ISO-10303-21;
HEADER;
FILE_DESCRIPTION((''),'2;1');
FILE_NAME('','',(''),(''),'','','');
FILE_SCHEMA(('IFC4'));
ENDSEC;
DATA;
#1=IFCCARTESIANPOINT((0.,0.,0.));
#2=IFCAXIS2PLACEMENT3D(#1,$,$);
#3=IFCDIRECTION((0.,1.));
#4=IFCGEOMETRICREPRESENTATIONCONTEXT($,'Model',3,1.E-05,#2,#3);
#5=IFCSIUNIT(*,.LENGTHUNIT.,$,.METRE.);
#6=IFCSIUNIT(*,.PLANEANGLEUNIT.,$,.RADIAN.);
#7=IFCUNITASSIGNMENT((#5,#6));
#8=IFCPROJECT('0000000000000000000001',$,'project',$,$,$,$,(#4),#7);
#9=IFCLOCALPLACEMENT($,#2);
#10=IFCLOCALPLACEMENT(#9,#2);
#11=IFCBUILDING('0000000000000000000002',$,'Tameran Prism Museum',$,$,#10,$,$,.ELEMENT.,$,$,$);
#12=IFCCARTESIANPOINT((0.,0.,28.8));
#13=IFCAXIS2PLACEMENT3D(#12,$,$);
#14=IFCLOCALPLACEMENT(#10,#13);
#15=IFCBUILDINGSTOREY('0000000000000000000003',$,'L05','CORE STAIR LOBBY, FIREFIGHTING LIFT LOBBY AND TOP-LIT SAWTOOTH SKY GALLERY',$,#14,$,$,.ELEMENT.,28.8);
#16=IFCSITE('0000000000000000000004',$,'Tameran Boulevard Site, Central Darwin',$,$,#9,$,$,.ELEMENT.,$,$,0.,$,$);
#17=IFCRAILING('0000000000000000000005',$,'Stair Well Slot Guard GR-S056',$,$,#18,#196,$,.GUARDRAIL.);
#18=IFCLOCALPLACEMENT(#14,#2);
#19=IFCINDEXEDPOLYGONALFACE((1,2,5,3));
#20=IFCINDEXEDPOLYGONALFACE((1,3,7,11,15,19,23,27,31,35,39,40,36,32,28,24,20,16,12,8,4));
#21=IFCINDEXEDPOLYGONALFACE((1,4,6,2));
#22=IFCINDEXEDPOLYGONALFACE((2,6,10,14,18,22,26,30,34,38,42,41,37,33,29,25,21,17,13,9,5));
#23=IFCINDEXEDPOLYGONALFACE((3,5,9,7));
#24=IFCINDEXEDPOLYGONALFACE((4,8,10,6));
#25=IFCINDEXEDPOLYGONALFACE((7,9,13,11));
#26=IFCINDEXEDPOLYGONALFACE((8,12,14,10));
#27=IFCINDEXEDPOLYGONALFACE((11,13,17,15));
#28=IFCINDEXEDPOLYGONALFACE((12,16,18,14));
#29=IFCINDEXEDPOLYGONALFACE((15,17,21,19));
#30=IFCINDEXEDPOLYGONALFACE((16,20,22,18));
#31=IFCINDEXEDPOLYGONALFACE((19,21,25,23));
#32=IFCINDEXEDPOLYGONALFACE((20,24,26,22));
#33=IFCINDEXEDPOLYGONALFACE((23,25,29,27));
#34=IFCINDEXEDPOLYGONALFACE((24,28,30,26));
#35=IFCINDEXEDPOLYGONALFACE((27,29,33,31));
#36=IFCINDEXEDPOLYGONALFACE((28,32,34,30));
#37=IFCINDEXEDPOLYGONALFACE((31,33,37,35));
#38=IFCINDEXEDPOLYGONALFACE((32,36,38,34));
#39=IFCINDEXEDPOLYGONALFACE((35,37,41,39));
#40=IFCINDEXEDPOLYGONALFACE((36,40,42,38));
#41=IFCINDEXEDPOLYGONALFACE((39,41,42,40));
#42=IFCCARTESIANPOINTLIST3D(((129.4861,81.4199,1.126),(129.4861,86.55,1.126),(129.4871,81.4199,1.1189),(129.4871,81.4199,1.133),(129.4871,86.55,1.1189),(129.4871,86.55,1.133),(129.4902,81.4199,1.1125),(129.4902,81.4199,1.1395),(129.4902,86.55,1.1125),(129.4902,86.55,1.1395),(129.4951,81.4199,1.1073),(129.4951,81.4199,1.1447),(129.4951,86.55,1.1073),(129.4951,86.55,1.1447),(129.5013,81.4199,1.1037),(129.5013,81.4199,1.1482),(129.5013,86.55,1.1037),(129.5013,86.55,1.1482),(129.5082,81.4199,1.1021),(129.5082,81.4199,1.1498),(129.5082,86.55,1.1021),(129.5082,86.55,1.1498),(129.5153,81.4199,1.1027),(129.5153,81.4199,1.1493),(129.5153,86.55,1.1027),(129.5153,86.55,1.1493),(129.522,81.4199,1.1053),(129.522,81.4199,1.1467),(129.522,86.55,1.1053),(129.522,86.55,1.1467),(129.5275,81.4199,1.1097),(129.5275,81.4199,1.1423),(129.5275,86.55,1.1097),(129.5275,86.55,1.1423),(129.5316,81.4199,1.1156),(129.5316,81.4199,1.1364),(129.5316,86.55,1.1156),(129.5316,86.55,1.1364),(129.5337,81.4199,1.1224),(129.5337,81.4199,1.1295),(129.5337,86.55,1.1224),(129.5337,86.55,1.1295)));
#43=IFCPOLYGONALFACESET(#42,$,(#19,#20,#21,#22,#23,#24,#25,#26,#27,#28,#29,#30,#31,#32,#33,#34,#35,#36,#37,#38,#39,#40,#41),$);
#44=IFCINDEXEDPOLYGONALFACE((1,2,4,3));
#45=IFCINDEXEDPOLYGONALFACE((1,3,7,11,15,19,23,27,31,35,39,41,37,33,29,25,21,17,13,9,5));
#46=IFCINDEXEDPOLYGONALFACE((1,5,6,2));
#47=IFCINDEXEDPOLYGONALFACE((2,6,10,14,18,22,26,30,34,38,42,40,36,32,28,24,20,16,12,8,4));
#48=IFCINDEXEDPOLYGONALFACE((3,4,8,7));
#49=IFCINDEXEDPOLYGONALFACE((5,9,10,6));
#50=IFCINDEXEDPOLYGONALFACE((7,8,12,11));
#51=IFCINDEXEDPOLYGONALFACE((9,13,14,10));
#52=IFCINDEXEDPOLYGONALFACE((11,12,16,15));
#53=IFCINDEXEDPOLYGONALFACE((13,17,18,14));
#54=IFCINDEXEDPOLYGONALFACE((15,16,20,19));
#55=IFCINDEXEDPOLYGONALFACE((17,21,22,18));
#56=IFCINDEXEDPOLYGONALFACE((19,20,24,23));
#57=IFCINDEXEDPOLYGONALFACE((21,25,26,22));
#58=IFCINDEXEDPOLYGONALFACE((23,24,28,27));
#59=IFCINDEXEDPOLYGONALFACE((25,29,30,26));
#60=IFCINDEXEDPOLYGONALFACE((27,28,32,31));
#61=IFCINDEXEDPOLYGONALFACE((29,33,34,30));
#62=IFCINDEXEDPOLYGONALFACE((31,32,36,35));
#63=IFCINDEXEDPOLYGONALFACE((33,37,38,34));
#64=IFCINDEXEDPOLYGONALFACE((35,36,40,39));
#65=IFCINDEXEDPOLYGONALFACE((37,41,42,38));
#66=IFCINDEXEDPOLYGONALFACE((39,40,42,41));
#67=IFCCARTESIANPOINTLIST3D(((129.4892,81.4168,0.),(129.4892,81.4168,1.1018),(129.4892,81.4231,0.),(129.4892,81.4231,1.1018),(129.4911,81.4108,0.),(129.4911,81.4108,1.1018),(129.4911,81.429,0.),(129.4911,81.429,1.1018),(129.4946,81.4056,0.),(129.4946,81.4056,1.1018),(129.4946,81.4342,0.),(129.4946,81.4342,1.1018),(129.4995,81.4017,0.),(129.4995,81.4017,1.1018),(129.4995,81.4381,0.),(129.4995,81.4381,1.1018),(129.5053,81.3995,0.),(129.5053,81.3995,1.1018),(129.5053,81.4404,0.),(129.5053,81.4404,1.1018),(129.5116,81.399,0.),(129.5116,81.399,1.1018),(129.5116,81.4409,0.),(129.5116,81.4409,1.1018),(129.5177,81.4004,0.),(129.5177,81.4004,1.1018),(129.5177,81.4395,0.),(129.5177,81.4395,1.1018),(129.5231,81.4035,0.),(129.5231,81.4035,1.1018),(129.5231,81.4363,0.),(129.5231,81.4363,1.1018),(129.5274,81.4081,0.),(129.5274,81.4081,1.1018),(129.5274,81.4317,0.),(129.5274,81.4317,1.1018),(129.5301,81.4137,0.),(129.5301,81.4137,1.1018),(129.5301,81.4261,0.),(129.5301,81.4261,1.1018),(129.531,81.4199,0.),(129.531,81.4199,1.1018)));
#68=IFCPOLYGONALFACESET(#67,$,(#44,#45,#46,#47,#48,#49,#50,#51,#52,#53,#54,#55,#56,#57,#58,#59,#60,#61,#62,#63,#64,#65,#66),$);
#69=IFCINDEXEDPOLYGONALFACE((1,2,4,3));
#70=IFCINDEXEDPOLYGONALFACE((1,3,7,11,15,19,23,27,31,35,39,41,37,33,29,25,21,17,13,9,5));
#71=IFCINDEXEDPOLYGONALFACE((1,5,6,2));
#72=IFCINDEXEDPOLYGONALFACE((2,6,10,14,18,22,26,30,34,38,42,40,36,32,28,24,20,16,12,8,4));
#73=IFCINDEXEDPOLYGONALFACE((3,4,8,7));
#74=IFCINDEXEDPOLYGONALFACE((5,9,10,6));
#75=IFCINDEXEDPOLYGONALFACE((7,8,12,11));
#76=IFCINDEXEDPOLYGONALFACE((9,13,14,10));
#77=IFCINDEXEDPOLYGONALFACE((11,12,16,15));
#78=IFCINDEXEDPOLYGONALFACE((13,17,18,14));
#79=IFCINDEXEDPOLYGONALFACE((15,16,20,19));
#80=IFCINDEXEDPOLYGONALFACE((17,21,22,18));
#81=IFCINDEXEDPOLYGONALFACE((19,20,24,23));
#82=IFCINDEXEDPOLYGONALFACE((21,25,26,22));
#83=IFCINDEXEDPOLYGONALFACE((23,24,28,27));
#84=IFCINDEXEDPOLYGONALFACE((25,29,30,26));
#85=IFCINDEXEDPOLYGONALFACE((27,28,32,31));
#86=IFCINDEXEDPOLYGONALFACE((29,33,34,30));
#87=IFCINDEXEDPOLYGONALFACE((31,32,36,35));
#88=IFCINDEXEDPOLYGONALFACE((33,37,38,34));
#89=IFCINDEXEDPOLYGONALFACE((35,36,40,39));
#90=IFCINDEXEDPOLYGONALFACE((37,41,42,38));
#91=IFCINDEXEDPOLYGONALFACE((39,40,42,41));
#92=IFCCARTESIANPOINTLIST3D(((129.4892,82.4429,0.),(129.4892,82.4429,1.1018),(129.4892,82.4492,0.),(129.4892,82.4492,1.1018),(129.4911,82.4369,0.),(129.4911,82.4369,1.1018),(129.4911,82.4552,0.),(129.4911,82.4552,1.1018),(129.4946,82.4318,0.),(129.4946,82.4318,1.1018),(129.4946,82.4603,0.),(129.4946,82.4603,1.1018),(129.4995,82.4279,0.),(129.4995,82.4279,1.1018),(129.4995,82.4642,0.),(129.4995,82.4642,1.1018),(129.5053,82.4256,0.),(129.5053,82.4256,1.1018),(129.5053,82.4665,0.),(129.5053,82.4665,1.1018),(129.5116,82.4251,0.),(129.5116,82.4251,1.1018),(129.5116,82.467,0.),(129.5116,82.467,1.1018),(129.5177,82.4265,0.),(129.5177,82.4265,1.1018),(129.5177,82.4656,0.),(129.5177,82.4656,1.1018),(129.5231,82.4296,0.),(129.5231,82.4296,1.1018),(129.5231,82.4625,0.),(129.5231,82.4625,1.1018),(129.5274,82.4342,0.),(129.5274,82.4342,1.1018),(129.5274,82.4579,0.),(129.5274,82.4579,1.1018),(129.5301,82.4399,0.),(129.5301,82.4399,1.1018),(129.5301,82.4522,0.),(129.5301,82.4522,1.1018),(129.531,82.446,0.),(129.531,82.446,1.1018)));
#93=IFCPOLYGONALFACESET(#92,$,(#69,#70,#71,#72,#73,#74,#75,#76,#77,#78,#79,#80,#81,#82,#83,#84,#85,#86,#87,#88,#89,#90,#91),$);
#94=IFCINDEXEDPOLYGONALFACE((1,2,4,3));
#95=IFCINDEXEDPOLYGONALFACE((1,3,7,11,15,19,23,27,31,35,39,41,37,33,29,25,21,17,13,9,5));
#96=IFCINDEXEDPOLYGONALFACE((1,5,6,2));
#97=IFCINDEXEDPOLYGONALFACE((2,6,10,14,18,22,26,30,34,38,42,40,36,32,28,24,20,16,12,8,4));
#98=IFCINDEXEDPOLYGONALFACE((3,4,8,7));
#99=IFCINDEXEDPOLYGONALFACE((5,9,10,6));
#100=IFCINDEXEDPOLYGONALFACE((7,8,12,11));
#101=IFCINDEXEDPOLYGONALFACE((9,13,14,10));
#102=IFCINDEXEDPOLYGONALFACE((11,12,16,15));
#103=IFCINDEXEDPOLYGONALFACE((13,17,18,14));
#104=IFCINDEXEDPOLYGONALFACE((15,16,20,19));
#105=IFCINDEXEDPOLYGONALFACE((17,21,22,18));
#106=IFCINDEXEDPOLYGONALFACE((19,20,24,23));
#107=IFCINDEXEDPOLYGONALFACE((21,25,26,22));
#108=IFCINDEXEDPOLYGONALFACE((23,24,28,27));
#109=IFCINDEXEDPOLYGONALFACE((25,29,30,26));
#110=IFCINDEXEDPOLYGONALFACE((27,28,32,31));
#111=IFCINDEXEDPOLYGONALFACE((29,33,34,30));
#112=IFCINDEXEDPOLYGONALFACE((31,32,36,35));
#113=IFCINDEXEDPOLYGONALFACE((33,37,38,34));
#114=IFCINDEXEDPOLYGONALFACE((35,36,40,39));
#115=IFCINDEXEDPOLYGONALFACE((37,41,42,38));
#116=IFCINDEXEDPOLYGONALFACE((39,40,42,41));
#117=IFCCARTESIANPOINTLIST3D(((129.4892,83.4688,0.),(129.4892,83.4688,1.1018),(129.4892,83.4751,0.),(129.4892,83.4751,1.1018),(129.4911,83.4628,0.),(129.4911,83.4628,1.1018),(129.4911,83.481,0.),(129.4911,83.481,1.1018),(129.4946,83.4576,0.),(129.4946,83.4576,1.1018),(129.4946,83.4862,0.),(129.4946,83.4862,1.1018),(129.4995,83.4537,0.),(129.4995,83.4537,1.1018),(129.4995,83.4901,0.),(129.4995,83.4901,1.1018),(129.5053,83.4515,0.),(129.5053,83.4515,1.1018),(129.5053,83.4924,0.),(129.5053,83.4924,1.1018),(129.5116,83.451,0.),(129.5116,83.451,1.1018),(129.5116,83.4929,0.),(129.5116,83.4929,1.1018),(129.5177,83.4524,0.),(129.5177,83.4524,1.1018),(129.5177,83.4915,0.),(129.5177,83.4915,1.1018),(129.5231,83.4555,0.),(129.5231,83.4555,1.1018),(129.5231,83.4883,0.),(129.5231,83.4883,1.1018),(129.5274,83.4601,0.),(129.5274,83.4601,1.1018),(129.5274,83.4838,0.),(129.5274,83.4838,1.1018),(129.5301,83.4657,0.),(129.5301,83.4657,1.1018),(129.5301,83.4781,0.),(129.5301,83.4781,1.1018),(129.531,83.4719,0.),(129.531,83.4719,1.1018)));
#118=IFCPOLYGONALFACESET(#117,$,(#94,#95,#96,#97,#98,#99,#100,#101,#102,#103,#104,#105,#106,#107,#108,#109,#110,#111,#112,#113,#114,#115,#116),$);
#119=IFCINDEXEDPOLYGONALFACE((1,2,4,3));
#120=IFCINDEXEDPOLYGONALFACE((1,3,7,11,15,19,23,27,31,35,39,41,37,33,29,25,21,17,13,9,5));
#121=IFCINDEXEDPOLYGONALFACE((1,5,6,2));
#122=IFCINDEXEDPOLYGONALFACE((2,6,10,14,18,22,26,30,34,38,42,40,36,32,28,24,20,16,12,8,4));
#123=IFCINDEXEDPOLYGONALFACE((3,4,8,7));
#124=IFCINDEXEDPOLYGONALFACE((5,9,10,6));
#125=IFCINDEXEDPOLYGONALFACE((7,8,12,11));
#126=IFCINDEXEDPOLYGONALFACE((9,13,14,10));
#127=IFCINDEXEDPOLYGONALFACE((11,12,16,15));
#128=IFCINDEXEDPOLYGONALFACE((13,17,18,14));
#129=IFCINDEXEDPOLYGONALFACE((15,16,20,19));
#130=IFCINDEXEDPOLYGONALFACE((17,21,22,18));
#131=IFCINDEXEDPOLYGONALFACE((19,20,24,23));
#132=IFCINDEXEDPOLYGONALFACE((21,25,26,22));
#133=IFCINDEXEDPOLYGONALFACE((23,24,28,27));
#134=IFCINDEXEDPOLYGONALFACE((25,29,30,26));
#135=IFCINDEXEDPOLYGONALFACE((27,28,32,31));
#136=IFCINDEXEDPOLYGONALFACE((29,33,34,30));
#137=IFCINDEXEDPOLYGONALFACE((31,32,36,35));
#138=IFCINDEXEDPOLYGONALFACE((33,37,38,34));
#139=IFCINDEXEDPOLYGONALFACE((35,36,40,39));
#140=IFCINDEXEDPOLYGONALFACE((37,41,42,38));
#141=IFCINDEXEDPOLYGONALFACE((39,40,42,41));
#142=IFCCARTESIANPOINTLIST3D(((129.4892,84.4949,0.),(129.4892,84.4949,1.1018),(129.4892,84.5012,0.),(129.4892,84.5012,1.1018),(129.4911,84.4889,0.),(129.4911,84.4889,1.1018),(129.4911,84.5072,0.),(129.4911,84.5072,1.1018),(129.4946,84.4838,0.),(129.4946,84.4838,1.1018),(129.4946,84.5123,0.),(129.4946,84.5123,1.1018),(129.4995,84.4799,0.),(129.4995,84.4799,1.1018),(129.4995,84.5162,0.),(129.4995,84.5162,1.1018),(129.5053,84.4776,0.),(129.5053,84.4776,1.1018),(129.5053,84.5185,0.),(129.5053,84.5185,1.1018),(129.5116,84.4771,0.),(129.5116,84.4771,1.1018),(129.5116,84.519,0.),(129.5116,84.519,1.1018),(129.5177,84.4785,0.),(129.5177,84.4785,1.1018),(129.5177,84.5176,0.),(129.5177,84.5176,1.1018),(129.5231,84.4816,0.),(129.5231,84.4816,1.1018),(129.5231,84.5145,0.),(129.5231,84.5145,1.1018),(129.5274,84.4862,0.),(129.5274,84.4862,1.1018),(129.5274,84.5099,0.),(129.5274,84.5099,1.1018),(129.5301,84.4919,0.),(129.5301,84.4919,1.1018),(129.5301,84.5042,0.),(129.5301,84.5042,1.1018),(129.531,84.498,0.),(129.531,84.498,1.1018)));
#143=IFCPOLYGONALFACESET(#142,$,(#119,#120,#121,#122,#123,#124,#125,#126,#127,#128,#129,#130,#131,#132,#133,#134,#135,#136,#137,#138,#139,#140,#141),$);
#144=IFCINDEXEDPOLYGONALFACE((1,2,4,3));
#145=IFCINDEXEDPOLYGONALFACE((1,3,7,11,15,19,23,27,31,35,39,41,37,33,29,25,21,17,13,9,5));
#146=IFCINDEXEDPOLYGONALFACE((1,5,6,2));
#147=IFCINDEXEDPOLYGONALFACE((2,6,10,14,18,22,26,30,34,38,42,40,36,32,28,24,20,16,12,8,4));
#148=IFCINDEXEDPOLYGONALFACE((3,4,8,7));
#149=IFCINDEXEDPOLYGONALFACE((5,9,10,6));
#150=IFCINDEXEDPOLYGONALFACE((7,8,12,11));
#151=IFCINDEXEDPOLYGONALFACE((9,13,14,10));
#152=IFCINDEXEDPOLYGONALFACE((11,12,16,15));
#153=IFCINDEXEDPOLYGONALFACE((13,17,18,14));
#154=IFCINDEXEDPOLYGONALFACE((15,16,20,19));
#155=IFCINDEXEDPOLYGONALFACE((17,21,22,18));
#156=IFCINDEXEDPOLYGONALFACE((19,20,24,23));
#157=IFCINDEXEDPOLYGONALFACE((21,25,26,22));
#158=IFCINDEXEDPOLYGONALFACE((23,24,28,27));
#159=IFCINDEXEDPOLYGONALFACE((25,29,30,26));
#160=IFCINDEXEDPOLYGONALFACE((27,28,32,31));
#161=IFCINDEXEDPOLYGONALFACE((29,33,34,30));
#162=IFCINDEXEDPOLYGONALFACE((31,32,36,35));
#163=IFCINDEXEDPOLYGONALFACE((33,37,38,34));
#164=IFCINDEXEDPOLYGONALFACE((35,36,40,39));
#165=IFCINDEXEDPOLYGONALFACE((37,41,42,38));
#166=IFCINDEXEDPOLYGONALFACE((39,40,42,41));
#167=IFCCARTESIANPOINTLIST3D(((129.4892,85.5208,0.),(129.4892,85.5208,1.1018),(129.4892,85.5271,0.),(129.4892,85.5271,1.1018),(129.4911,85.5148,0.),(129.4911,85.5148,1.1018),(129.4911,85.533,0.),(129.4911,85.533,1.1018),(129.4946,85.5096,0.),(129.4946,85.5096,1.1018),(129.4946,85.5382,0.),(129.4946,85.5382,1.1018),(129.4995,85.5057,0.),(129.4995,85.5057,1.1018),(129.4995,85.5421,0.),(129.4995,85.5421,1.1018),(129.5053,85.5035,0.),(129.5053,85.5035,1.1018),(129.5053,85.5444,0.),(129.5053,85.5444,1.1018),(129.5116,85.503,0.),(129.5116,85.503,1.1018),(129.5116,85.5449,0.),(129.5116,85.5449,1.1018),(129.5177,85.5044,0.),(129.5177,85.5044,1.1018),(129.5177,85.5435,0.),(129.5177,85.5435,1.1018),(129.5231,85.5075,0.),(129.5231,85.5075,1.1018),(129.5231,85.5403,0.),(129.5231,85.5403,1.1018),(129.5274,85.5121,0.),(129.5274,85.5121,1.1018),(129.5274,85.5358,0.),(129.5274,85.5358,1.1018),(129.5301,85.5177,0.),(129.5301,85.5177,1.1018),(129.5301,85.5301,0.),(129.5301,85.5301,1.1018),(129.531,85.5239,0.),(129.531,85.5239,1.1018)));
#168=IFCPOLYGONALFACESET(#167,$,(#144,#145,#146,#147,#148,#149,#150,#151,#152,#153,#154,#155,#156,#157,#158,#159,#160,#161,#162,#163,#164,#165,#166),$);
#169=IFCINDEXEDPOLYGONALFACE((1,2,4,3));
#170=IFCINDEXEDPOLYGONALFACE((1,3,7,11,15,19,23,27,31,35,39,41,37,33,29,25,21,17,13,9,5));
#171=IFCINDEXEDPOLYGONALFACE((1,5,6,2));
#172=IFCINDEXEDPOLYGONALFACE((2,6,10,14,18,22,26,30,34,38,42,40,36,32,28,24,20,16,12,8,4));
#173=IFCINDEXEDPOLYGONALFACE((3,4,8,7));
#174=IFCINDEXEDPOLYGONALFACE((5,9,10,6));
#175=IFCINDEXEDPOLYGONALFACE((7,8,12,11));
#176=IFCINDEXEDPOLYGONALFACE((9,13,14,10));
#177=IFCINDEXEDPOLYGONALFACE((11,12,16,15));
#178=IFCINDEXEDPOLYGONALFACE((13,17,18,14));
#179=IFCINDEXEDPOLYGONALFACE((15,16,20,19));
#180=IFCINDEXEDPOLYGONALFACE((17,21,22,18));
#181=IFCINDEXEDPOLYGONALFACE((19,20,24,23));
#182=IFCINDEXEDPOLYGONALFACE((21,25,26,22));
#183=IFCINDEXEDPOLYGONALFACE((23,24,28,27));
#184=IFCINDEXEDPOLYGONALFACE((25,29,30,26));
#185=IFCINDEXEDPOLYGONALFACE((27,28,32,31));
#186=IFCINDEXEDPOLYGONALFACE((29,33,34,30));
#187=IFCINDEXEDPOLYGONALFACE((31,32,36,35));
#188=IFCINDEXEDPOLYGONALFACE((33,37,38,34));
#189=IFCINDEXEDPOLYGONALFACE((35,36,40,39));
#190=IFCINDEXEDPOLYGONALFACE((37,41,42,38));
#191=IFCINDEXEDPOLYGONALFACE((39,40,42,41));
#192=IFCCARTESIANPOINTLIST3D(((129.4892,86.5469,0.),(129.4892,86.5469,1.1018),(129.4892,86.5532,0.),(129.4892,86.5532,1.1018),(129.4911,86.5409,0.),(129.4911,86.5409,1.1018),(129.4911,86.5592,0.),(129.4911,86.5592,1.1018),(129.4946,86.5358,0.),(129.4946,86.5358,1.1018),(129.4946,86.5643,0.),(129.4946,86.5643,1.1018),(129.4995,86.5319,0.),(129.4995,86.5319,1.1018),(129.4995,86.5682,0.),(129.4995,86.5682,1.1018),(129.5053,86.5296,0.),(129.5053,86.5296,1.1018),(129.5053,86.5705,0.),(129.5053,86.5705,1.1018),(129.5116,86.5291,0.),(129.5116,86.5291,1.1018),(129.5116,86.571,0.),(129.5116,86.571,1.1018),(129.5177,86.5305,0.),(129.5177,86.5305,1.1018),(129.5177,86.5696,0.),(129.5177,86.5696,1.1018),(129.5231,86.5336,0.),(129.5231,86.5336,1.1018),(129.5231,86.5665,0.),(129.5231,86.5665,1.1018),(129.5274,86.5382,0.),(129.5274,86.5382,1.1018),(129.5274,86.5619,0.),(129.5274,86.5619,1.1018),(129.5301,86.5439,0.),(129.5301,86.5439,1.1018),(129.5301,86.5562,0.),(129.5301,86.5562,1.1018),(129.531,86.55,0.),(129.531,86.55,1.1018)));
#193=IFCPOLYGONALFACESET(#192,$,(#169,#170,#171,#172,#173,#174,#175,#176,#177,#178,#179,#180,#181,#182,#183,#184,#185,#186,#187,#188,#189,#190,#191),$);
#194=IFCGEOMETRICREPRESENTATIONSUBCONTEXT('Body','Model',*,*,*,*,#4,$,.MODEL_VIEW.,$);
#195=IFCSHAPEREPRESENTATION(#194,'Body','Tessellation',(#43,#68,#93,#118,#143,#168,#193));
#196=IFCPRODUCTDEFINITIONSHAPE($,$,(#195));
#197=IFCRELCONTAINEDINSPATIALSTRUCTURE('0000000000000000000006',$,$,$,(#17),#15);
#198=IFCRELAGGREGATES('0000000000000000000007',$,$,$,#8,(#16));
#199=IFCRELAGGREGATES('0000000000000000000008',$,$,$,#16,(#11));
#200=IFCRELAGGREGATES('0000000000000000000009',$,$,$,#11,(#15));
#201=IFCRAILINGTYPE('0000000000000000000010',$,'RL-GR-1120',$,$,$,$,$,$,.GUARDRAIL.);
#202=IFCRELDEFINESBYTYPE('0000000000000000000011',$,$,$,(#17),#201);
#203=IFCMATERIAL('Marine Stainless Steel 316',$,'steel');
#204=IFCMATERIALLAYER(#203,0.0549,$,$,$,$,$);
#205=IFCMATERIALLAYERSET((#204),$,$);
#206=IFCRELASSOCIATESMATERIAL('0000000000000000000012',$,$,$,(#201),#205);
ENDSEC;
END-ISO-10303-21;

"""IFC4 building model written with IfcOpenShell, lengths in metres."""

from ifc_helpers import new_model, si_unit, direction, frame, origin, origin_2d, place, context, subcontext, project, spatial, circle, extrude, material, layer, layer_set, type_object, element, save


model = new_model("IFC4")

# Units and contexts
model_context = context("Model", 3, precision=1e-05, world=origin(), true_north=direction((0.0, 1.0)))
body_context = subcontext(model_context, "Body", "Model", "MODEL_VIEW")
ifc_project = project(units=[si_unit("LENGTHUNIT", "METRE"), si_unit("PLANEANGLEUNIT", "RADIAN")], contexts=[model_context])

# Site, building, storey
site_placement = place(None, origin())
site = spatial("IfcSite", under=ifc_project, at=site_placement, Name="Tameran Boulevard Site, Central Darwin", CompositionType="ELEMENT", RefElevation=0.0)
building_placement = place(site_placement, origin())
building = spatial("IfcBuilding", under=site, at=building_placement, Name="Tameran Prism Museum", CompositionType="ELEMENT")
storey_placement = place(building_placement, frame((0.0, 0.0, 28.8)))
storey = spatial("IfcBuildingStorey", under=building, at=storey_placement, Name="L05", Description="CORE STAIR LOBBY, FIREFIGHTING LIFT LOBBY AND TOP-LIT SAWTOOTH SKY GALLERY", CompositionType="ELEMENT", Elevation=28.8)

# Railing
ifc_material_1 = material(Name="Marine Stainless Steel 316", Category="steel")
ifc_layer_1 = layer(ifc_material_1, 0.0549)
ifc_layer_set_1 = layer_set([ifc_layer_1])
railing_type = type_object("IfcRailingType", Name="RL-GR-1120", PredefinedType="GUARDRAIL", material=ifc_layer_set_1)
railing_placement = place(storey_placement, frame((129.51, 81.4199, 0.0)))
element("IfcRailing", 1, at=railing_placement, inside=storey, type_object=railing_type, Name="Stair Well Slot Guard GR-S056", PredefinedType="GUARDRAIL", context=body_context, shape_type="SweptSolid", body=[
    extrude(circle(Radius=0.0239, at=origin_2d()), frame((0.0, 0.0, 1.126), z_axis=(0.0, 1.0, 0.0), x_axis=(-1.0, 0.0, 0.0)), (0.0, 0.0, 1.0), 5.1301),
    extrude(circle(Radius=0.021, at=origin_2d()), origin(), (0.0, 0.0, 1.0), 1.1018),
    extrude(circle(Radius=0.021, at=origin_2d()), frame((0.0, 1.0261, 0.0)), (0.0, 0.0, 1.0), 1.1018),
    extrude(circle(Radius=0.021, at=origin_2d()), frame((0.0, 2.052, 0.0)), (0.0, 0.0, 1.0), 1.1018),
    extrude(circle(Radius=0.021, at=origin_2d()), frame((0.0, 3.0781, 0.0)), (0.0, 0.0, 1.0), 1.1018),
    extrude(circle(Radius=0.021, at=origin_2d()), frame((0.0, 4.104, 0.0)), (0.0, 0.0, 1.0), 1.1018),
    extrude(circle(Radius=0.021, at=origin_2d()), frame((0.0, 5.1301, 0.0)), (0.0, 0.0, 1.0), 1.1018),
])

save(model, "model.ifc")
